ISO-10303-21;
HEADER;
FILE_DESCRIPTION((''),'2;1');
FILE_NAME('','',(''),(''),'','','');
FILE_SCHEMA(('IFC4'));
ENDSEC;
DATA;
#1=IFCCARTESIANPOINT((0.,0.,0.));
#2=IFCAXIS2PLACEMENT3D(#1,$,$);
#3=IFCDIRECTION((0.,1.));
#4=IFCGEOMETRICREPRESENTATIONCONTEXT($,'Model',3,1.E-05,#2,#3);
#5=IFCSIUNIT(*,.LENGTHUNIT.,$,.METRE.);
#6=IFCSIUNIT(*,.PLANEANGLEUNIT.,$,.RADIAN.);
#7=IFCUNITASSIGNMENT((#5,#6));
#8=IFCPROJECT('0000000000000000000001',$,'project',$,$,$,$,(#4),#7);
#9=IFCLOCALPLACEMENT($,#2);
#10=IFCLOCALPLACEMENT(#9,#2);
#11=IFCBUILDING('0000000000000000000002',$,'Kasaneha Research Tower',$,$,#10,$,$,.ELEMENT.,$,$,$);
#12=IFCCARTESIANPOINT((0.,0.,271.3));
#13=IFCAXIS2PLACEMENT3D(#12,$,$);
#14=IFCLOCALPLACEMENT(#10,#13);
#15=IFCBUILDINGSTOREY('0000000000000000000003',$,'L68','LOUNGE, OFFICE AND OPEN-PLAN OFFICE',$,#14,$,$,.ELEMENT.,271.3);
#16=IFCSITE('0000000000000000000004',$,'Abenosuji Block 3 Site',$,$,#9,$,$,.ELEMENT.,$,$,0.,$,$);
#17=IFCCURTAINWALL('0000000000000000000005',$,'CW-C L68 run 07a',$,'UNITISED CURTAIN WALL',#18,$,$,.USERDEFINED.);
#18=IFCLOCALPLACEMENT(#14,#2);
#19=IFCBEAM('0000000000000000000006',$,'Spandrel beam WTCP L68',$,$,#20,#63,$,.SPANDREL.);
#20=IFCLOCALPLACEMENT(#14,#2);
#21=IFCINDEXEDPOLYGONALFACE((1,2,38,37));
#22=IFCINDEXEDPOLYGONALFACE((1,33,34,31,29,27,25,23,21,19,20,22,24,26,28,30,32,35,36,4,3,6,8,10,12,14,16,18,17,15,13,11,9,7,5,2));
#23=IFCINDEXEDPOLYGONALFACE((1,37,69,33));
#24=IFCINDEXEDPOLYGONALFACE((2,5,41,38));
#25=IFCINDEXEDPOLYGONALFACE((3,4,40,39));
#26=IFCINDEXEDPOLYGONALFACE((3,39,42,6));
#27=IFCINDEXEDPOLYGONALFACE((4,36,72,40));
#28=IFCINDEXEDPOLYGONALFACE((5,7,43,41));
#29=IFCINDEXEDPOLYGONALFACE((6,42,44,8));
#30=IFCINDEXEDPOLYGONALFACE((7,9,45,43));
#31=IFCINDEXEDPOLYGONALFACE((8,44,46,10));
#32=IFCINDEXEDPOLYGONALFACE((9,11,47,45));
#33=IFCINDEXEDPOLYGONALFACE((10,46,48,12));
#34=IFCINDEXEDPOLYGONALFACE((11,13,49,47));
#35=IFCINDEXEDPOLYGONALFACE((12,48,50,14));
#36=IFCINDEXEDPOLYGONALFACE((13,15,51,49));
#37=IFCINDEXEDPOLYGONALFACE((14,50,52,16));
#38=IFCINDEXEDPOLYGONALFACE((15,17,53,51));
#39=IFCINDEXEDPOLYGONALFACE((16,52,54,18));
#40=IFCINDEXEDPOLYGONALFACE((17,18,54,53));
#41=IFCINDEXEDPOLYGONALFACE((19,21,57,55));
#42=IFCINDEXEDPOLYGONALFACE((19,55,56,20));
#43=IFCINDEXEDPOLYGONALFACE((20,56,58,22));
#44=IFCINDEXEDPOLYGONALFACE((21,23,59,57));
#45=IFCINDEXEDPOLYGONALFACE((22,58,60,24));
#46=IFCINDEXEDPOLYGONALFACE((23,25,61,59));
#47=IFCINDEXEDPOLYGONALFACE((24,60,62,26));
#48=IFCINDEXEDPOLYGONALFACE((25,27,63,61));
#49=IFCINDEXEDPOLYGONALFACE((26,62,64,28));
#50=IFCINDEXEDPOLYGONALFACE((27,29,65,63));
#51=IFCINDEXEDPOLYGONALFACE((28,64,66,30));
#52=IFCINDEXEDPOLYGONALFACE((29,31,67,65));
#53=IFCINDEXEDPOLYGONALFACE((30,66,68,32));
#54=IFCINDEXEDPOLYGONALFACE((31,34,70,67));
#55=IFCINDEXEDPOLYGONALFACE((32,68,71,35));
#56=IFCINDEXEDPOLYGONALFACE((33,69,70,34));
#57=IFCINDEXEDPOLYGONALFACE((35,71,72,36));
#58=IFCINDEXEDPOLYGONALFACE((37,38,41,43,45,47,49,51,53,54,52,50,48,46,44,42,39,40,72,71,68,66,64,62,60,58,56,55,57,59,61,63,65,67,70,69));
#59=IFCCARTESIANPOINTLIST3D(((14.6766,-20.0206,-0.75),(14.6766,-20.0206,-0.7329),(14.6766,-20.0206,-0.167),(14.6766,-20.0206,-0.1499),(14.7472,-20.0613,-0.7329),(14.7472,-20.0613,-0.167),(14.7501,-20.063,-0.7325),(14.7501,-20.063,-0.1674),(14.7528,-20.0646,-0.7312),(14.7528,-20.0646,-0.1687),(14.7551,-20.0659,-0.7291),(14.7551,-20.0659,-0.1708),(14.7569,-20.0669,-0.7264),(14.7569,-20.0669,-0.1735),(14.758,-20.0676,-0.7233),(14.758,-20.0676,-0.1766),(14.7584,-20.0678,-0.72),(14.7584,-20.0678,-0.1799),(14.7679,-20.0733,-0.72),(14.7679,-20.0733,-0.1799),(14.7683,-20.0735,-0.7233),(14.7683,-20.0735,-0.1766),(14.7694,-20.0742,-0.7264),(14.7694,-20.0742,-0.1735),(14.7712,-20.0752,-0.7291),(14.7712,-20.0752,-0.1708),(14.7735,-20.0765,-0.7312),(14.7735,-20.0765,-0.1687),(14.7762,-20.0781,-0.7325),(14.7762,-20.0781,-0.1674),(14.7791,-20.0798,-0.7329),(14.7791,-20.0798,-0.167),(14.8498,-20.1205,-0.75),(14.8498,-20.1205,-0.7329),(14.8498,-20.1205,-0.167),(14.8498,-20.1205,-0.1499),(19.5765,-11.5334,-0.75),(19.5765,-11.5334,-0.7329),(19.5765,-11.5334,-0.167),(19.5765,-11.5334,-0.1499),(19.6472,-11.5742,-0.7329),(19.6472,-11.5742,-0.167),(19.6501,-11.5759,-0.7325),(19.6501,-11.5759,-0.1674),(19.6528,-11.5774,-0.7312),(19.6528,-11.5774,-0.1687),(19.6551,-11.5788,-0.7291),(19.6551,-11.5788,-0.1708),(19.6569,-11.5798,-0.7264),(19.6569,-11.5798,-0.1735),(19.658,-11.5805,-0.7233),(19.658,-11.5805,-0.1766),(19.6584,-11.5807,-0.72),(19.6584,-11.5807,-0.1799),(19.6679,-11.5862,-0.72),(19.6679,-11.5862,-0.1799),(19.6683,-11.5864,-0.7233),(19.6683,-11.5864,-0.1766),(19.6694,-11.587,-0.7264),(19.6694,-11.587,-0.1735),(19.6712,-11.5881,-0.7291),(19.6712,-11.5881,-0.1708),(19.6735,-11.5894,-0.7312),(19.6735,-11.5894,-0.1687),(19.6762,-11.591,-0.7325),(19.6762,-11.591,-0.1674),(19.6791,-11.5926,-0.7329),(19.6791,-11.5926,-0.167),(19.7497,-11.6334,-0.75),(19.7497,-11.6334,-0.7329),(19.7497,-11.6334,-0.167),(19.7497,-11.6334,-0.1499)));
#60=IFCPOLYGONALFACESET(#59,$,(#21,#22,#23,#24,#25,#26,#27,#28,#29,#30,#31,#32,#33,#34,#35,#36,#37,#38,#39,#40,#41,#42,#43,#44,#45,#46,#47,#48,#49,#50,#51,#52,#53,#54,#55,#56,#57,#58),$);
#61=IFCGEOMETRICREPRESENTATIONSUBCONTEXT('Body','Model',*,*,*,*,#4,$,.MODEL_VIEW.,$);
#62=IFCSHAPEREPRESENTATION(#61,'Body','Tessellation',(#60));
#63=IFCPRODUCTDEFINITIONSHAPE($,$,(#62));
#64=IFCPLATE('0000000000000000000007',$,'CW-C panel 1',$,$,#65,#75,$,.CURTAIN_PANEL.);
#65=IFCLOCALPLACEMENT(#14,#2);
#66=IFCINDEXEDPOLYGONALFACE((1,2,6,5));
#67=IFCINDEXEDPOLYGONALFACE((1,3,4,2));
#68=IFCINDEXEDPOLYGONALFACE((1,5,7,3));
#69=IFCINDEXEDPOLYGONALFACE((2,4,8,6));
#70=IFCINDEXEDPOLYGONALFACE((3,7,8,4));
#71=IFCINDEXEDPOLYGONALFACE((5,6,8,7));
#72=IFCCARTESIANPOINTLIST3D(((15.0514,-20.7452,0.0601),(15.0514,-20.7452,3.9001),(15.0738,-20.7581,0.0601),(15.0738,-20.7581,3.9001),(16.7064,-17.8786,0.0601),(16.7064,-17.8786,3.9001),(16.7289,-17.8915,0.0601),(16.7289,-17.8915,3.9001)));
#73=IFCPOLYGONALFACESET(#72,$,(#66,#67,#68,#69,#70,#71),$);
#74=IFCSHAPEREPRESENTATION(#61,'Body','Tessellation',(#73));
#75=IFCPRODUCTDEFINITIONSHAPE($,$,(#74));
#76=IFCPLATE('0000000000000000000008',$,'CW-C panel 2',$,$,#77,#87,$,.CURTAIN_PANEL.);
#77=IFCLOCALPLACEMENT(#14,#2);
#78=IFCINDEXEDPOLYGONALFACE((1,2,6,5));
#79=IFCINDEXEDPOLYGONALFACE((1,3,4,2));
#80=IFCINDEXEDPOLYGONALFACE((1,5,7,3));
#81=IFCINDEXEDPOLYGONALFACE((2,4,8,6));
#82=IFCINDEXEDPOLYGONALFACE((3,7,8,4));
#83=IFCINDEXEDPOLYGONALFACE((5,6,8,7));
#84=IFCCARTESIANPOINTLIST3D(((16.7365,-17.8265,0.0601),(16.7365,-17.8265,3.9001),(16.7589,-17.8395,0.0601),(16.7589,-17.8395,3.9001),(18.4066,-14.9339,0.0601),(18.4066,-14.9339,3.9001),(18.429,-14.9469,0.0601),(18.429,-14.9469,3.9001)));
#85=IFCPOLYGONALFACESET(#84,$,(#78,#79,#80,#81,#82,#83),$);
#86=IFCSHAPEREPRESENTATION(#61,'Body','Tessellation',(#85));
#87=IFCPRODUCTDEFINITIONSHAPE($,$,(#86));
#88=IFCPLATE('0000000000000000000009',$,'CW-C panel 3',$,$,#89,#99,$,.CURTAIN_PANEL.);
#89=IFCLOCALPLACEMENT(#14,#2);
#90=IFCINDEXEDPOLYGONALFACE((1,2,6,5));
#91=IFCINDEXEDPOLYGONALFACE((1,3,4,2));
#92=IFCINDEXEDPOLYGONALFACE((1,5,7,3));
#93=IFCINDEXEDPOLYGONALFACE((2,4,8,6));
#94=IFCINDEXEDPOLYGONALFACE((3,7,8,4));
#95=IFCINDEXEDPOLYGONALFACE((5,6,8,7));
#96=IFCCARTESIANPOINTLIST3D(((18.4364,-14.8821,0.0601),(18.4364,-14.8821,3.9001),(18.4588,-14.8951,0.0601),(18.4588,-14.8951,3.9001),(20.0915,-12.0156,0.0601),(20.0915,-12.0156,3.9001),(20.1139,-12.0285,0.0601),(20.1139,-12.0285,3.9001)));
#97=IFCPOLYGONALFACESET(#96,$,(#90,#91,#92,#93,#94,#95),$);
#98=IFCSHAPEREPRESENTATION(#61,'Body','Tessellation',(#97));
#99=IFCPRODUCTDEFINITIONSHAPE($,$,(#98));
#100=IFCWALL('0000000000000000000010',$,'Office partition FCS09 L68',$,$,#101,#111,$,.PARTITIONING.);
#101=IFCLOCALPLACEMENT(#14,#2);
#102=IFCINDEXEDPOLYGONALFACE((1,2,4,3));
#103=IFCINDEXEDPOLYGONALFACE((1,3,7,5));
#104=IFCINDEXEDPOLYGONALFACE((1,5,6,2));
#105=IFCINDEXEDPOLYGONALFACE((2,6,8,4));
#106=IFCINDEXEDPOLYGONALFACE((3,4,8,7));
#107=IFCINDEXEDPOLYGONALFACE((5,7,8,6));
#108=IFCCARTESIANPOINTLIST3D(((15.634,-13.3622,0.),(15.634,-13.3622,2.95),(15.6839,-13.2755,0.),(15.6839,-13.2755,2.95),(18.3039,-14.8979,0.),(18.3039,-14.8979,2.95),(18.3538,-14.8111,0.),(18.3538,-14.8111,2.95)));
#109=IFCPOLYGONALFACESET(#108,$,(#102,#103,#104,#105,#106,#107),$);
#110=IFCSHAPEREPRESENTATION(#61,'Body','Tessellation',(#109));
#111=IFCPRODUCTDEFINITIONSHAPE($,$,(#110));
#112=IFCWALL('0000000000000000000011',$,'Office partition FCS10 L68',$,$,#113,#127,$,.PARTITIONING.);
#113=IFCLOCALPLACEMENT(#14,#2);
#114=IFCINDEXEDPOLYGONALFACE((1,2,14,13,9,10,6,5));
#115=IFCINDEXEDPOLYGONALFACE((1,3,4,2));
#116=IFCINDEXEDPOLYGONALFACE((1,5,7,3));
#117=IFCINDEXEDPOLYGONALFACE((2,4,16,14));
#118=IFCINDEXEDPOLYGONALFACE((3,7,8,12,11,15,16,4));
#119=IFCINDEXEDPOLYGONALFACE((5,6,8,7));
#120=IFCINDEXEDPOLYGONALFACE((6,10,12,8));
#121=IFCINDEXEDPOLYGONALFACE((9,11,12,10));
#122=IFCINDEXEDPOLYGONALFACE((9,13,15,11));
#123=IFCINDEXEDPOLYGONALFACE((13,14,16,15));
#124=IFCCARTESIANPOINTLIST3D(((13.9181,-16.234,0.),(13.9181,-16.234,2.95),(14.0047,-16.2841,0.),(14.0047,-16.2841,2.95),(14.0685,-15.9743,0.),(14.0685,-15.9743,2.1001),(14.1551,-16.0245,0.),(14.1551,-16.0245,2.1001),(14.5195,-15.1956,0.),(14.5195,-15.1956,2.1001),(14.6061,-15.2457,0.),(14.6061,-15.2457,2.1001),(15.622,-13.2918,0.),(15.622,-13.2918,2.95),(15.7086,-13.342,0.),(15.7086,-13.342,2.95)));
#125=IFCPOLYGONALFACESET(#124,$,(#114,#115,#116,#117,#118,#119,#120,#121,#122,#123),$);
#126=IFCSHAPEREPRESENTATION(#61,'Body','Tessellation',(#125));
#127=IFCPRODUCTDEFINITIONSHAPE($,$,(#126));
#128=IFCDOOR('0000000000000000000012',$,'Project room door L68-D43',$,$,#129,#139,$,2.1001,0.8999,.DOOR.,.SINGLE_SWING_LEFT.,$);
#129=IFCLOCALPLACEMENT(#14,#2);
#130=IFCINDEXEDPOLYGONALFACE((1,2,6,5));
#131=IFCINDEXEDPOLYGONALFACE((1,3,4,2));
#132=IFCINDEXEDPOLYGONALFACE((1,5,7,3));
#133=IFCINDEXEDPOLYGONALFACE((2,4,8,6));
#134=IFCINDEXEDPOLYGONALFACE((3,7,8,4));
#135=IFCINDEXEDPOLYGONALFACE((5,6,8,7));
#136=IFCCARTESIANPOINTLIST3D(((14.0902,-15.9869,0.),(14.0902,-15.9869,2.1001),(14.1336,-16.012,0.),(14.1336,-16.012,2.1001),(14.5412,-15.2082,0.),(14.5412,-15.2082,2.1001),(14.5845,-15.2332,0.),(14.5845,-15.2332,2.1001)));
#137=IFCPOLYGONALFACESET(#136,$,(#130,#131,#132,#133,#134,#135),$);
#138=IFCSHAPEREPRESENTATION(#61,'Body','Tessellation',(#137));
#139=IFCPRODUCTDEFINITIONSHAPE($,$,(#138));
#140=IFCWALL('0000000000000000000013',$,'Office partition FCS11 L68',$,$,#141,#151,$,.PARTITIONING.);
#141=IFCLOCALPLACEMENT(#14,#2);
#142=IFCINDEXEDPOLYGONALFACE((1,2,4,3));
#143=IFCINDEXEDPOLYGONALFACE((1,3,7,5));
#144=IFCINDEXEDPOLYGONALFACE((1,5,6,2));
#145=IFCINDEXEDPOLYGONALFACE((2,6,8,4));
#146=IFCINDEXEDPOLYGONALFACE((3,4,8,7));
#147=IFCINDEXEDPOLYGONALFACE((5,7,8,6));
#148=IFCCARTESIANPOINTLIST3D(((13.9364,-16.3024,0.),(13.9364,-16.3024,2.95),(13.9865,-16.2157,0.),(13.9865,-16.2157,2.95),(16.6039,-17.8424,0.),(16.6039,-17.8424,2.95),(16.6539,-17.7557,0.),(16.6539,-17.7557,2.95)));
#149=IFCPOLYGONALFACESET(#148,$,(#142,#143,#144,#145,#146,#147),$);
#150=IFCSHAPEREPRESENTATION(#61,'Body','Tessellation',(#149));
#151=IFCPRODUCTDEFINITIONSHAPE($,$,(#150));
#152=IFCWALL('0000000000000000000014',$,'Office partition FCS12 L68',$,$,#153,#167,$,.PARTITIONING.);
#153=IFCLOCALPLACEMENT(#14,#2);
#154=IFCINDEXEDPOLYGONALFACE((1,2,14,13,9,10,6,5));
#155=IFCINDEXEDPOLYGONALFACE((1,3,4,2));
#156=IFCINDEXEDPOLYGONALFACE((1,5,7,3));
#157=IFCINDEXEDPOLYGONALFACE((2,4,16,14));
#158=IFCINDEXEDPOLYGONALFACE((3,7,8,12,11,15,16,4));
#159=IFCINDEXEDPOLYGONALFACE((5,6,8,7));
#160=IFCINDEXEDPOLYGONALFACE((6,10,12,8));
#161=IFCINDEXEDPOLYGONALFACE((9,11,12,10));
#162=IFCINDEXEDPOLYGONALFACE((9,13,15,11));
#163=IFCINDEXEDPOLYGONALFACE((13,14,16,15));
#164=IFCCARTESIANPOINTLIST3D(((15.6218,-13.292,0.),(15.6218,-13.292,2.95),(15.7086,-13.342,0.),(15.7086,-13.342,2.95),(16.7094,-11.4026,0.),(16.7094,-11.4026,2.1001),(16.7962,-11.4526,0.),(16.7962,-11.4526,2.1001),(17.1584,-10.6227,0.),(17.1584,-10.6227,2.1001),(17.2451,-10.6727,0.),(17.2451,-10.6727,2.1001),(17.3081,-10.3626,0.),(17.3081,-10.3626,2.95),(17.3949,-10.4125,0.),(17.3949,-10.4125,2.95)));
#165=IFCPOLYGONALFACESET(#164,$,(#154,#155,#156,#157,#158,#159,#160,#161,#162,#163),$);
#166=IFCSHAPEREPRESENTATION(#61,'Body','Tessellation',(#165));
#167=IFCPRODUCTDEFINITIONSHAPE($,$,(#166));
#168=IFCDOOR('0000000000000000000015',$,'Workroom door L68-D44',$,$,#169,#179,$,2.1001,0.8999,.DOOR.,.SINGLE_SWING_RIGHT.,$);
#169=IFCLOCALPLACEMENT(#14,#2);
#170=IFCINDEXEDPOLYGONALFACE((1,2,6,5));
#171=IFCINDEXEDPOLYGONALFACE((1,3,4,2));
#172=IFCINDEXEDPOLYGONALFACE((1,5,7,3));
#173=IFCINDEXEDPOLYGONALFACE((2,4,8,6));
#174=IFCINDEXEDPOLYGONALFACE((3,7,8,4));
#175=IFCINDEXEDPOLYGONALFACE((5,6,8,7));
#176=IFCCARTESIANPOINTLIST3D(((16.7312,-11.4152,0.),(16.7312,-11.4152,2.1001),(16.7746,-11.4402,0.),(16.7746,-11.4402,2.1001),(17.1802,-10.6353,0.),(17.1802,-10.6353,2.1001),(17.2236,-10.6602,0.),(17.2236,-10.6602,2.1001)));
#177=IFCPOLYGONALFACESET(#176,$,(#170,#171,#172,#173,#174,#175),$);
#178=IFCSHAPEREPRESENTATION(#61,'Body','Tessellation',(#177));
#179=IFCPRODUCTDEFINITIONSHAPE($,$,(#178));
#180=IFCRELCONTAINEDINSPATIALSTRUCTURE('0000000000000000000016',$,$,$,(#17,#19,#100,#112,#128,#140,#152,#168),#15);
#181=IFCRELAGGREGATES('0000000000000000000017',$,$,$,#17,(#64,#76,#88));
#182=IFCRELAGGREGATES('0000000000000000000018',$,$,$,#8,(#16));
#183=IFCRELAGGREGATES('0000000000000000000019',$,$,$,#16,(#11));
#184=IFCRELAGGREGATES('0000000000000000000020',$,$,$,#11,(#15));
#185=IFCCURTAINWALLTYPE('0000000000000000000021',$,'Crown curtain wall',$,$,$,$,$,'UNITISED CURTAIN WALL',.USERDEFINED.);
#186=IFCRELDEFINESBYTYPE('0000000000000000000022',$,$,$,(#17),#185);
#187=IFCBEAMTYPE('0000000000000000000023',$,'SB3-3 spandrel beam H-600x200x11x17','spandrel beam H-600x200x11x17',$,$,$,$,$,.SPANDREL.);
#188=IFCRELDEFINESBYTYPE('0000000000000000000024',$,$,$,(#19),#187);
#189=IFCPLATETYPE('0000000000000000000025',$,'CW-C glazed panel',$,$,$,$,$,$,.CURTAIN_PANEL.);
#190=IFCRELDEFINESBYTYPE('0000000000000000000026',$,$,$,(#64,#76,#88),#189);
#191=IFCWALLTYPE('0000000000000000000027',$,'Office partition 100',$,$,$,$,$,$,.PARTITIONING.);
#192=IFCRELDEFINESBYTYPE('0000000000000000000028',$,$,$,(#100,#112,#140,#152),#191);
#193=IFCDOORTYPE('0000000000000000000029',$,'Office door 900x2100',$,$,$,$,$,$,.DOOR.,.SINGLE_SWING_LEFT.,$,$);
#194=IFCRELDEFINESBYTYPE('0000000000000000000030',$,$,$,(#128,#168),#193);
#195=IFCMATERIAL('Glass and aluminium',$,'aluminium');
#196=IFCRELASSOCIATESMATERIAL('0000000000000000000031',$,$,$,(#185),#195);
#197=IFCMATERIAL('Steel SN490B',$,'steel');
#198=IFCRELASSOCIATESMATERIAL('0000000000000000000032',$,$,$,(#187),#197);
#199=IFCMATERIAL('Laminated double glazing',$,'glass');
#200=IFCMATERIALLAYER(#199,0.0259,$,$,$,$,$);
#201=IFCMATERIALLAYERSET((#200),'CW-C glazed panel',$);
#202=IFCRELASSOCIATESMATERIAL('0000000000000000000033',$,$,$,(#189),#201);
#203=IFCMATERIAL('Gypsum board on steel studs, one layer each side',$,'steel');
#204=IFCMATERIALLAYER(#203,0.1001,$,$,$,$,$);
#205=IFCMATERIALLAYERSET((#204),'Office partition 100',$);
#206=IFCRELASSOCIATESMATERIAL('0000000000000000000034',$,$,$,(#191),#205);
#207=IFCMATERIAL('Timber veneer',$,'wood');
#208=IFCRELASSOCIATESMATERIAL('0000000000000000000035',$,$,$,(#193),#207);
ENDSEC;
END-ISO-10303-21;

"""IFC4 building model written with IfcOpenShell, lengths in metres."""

from ifc_helpers import new_model, si_unit, direction, frame, frame_2d, origin, origin_2d, place, context, subcontext, project, spatial, rectangle, i_section, extrude, material, layer, layer_set, material_profile, profile_set, type_object, element, fill, aggregate, save


model = new_model("IFC4")

# Units and contexts
model_context = context("Model", 3, precision=1e-05, world=origin(), true_north=direction((0.0, 1.0)))
body_context = subcontext(model_context, "Body", "Model", "MODEL_VIEW")
ifc_project = project(units=[si_unit("LENGTHUNIT", "METRE"), si_unit("PLANEANGLEUNIT", "RADIAN")], contexts=[model_context])

# Site, building, storey
site_placement = place(None, origin())
site = spatial("IfcSite", under=ifc_project, at=site_placement, Name="Abenosuji Block 3 Site", CompositionType="ELEMENT", RefElevation=0.0)
building_placement = place(site_placement, origin())
building = spatial("IfcBuilding", under=site, at=building_placement, Name="Kasaneha Research Tower", CompositionType="ELEMENT")
storey_placement = place(building_placement, frame((0.0, 0.0, 271.3)))
storey = spatial("IfcBuildingStorey", under=building, at=storey_placement, Name="L68", Description="LOUNGE, OFFICE AND OPEN-PLAN OFFICE", CompositionType="ELEMENT", Elevation=271.3)

# Shared definitions
ifc_material_1 = material(Name="Glass and aluminium", Category="aluminium")
curtain_wall_type = type_object("IfcCurtainWallType", Name="Crown curtain wall", ElementType="UNITISED CURTAIN WALL", PredefinedType="USERDEFINED", material=ifc_material_1)

# Curtain wall
curtain_wall_1_placement = place(storey_placement, origin())
curtain_wall_1 = element("IfcCurtainWall", 1, at=curtain_wall_1_placement, inside=storey, type_object=curtain_wall_type, Name="CW-C L68 run 07a", ObjectType="UNITISED CURTAIN WALL", PredefinedType="USERDEFINED")

# Beam
ifc_material_2 = material(Name="Steel SN490B", Category="steel")
ifc_material_profile_1 = material_profile(ifc_material_2, i_section(OverallWidth=0.2, OverallDepth=0.6001, WebThickness=0.011, FlangeThickness=0.0171, FilletRadius=0.0129, at=origin_2d()), Name="H-600x200x11x17")
ifc_profile_set_1 = profile_set([ifc_material_profile_1], Name="Steel SN490B")
beam_type = type_object("IfcBeamType", Name="SB3-3 spandrel beam H-600x200x11x17", Description="spandrel beam H-600x200x11x17", PredefinedType="SPANDREL", material=ifc_profile_set_1)
beam_placement = place(storey_placement, frame((14.7632, -20.0706, -0.45), z_axis=(0.499992, 0.86603, 0.0), x_axis=(-0.86603, 0.499992, 0.0)))
element("IfcBeam", 2, at=beam_placement, inside=storey, type_object=beam_type, Name="Spandrel beam WTCP L68", PredefinedType="SPANDREL", context=body_context, shape_type="SweptSolid", body=[
    extrude(i_section(OverallWidth=0.2, OverallDepth=0.6001, WebThickness=0.011, FlangeThickness=0.0171, FilletRadius=0.0129, at=origin_2d()), origin(), (0.0, 0.0, 1.0), 9.8),
])

# Plates
ifc_material_3 = material(Name="Laminated double glazing", Category="glass")
ifc_layer_1 = layer(ifc_material_3, 0.0259)
ifc_layer_set_1 = layer_set([ifc_layer_1], Name="CW-C glazed panel")
plate_type = type_object("IfcPlateType", Name="CW-C glazed panel", PredefinedType="CURTAIN_PANEL", material=ifc_layer_set_1)
plate_1_placement = place(storey_placement, frame((15.8901, -19.3184, 0.0601), z_axis=(0.0, 0.0, 1.0), x_axis=(0.5, 0.866025, 0.0)))
plate_1 = element("IfcPlate", 3, at=plate_1_placement, type_object=plate_type, Name="CW-C panel 1", PredefinedType="CURTAIN_PANEL", context=body_context, shape_type="SweptSolid", body=[
    extrude(rectangle(XDim=3.3101, YDim=0.0259, at=origin_2d()), origin(), (0.0, 0.0, 1.0), 3.8401),
])
plate_2_placement = place(storey_placement, frame((17.5828, -16.3867, 0.0601), z_axis=(0.0, 0.0, 1.0), x_axis=(0.5, 0.866025, 0.0)))
plate_2 = element("IfcPlate", 4, at=plate_2_placement, type_object=plate_type, Name="CW-C panel 2", PredefinedType="CURTAIN_PANEL", context=body_context, shape_type="SweptSolid", body=[
    extrude(rectangle(XDim=3.3401, YDim=0.0259, at=origin_2d()), origin(), (0.0, 0.0, 1.0), 3.8401),
])
plate_3_placement = place(storey_placement, frame((19.2751, -13.4553, 0.0601), z_axis=(0.0, 0.0, 1.0), x_axis=(0.5, 0.866025, 0.0)))
plate_3 = element("IfcPlate", 5, at=plate_3_placement, type_object=plate_type, Name="CW-C panel 3", PredefinedType="CURTAIN_PANEL", context=body_context, shape_type="SweptSolid", body=[
    extrude(rectangle(XDim=3.3101, YDim=0.0259, at=origin_2d()), origin(), (0.0, 0.0, 1.0), 3.8401),
])
aggregate(curtain_wall_1, [plate_1, plate_2, plate_3])

# Wall
ifc_material_4 = material(Name="Gypsum board on steel studs, one layer each side", Category="steel")
ifc_layer_2 = layer(ifc_material_4, 0.1001)
ifc_layer_set_2 = layer_set([ifc_layer_2], Name="Office partition 100")
wall_type = type_object("IfcWallType", Name="Office partition 100", PredefinedType="PARTITIONING", material=ifc_layer_set_2)
wall_1_placement = place(storey_placement, frame((15.6589, -13.3188, 0.0), z_axis=(0.0, 0.0, 1.0), x_axis=(0.866845, -0.498578, 0.0)))
element("IfcWall", 6, at=wall_1_placement, inside=storey, type_object=wall_type, Name="Office partition FCS09 L68", PredefinedType="PARTITIONING", context=body_context, shape_type="SweptSolid", body=[
    extrude(rectangle(XDim=3.0801, YDim=0.1001, at=frame_2d((1.54, 0.0))), origin(), (0.0, 0.0, 1.0), 2.95),
])

# Wall, opening, door
wall_2_placement = place(storey_placement, frame((13.9614, -16.259, 0.0), z_axis=(0.0, 0.0, 1.0), x_axis=(0.501149, 0.865361, 0.0)))
wall_2 = element("IfcWall", 7, at=wall_2_placement, inside=storey, type_object=wall_type, Name="Office partition FCS10 L68", PredefinedType="PARTITIONING", context=body_context, shape_type="SweptSolid", body=[
    extrude(rectangle(XDim=3.3999, YDim=0.1001, at=frame_2d((1.7, 0.0))), origin(), (0.0, 0.0, 1.0), 2.95),
])
opening_1_placement = place(wall_2_placement, frame((0.3, 0.0, 0.0)))
opening_1 = element("IfcOpeningElement", 8, at=opening_1_placement, cuts=wall_2, PredefinedType="OPENING", context=body_context, shape_type="SweptSolid", body=[
    extrude(rectangle(XDim=0.8999, YDim=2.1001, at=frame_2d((0.45, 1.05))), frame((0.0, 0.0601, 0.0), z_axis=(0.0, -1.0, 0.0), x_axis=(1.0, 0.0, 0.0)), (0.0, 0.0, 1.0), 0.1201),
])
ifc_material_5 = material(Name="Timber veneer", Category="wood")
door_type = type_object("IfcDoorType", Name="Office door 900x2100", OperationType="SINGLE_SWING_LEFT", PredefinedType="DOOR", material=ifc_material_5)
door_1_placement = place(opening_1_placement, origin())
door_1 = element("IfcDoor", 9, at=door_1_placement, inside=storey, type_object=door_type, Name="Project room door L68-D43", OperationType="SINGLE_SWING_LEFT", OverallHeight=2.1001, OverallWidth=0.8999, PredefinedType="DOOR", context=body_context, shape_type="SweptSolid", body=[
    extrude(rectangle(XDim=0.8999, YDim=2.1001, at=frame_2d((0.45, 1.05))), frame((0.0, 0.0249, 0.0), z_axis=(0.0, -1.0, 0.0), x_axis=(1.0, 0.0, 0.0)), (0.0, 0.0, 1.0), 0.05),
])
fill(opening_1, door_1)

# Wall
wall_3_placement = place(storey_placement, frame((16.6289, -17.7991, 0.0), z_axis=(0.0, 0.0, 1.0), x_axis=(-0.86603, 0.499992, 0.0)))
element("IfcWall", 10, at=wall_3_placement, inside=storey, type_object=wall_type, Name="Office partition FCS11 L68", PredefinedType="PARTITIONING", context=body_context, shape_type="SweptSolid", body=[
    extrude(rectangle(XDim=3.0801, YDim=0.1001, at=frame_2d((1.54, 0.0))), origin(), (0.0, 0.0, 1.0), 2.95),
])

# Wall, opening, door
wall_4_placement = place(storey_placement, frame((15.6653, -13.3169, 0.0), z_axis=(0.0, 0.0, 1.0), x_axis=(0.498882, 0.86667, 0.0)))
wall_4 = element("IfcWall", 11, at=wall_4_placement, inside=storey, type_object=wall_type, Name="Office partition FCS12 L68", PredefinedType="PARTITIONING", context=body_context, shape_type="SweptSolid", body=[
    extrude(rectangle(XDim=3.3801, YDim=0.1001, at=frame_2d((1.6899, 0.0))), origin(), (0.0, 0.0, 1.0), 2.95),
])
opening_2_placement = place(wall_4_placement, frame((2.1799, 0.0, 0.0)))
opening_2 = element("IfcOpeningElement", 12, at=opening_2_placement, cuts=wall_4, PredefinedType="OPENING", context=body_context, shape_type="SweptSolid", body=[
    extrude(rectangle(XDim=0.8999, YDim=2.1001, at=frame_2d((0.45, 1.05))), frame((0.0, 0.0601, 0.0), z_axis=(0.0, -1.0, 0.0), x_axis=(1.0, 0.0, 0.0)), (0.0, 0.0, 1.0), 0.1201),
])
door_2_placement = place(opening_2_placement, origin())
door_2 = element("IfcDoor", 13, at=door_2_placement, inside=storey, type_object=door_type, Name="Workroom door L68-D44", OperationType="SINGLE_SWING_RIGHT", OverallHeight=2.1001, OverallWidth=0.8999, PredefinedType="DOOR", context=body_context, shape_type="SweptSolid", body=[
    extrude(rectangle(XDim=0.8999, YDim=2.1001, at=frame_2d((0.45, 1.05))), frame((0.0, 0.0249, 0.0), z_axis=(0.0, -1.0, 0.0), x_axis=(1.0, 0.0, 0.0)), (0.0, 0.0, 1.0), 0.05),
])
fill(opening_2, door_2)

save(model, "model.ifc")
